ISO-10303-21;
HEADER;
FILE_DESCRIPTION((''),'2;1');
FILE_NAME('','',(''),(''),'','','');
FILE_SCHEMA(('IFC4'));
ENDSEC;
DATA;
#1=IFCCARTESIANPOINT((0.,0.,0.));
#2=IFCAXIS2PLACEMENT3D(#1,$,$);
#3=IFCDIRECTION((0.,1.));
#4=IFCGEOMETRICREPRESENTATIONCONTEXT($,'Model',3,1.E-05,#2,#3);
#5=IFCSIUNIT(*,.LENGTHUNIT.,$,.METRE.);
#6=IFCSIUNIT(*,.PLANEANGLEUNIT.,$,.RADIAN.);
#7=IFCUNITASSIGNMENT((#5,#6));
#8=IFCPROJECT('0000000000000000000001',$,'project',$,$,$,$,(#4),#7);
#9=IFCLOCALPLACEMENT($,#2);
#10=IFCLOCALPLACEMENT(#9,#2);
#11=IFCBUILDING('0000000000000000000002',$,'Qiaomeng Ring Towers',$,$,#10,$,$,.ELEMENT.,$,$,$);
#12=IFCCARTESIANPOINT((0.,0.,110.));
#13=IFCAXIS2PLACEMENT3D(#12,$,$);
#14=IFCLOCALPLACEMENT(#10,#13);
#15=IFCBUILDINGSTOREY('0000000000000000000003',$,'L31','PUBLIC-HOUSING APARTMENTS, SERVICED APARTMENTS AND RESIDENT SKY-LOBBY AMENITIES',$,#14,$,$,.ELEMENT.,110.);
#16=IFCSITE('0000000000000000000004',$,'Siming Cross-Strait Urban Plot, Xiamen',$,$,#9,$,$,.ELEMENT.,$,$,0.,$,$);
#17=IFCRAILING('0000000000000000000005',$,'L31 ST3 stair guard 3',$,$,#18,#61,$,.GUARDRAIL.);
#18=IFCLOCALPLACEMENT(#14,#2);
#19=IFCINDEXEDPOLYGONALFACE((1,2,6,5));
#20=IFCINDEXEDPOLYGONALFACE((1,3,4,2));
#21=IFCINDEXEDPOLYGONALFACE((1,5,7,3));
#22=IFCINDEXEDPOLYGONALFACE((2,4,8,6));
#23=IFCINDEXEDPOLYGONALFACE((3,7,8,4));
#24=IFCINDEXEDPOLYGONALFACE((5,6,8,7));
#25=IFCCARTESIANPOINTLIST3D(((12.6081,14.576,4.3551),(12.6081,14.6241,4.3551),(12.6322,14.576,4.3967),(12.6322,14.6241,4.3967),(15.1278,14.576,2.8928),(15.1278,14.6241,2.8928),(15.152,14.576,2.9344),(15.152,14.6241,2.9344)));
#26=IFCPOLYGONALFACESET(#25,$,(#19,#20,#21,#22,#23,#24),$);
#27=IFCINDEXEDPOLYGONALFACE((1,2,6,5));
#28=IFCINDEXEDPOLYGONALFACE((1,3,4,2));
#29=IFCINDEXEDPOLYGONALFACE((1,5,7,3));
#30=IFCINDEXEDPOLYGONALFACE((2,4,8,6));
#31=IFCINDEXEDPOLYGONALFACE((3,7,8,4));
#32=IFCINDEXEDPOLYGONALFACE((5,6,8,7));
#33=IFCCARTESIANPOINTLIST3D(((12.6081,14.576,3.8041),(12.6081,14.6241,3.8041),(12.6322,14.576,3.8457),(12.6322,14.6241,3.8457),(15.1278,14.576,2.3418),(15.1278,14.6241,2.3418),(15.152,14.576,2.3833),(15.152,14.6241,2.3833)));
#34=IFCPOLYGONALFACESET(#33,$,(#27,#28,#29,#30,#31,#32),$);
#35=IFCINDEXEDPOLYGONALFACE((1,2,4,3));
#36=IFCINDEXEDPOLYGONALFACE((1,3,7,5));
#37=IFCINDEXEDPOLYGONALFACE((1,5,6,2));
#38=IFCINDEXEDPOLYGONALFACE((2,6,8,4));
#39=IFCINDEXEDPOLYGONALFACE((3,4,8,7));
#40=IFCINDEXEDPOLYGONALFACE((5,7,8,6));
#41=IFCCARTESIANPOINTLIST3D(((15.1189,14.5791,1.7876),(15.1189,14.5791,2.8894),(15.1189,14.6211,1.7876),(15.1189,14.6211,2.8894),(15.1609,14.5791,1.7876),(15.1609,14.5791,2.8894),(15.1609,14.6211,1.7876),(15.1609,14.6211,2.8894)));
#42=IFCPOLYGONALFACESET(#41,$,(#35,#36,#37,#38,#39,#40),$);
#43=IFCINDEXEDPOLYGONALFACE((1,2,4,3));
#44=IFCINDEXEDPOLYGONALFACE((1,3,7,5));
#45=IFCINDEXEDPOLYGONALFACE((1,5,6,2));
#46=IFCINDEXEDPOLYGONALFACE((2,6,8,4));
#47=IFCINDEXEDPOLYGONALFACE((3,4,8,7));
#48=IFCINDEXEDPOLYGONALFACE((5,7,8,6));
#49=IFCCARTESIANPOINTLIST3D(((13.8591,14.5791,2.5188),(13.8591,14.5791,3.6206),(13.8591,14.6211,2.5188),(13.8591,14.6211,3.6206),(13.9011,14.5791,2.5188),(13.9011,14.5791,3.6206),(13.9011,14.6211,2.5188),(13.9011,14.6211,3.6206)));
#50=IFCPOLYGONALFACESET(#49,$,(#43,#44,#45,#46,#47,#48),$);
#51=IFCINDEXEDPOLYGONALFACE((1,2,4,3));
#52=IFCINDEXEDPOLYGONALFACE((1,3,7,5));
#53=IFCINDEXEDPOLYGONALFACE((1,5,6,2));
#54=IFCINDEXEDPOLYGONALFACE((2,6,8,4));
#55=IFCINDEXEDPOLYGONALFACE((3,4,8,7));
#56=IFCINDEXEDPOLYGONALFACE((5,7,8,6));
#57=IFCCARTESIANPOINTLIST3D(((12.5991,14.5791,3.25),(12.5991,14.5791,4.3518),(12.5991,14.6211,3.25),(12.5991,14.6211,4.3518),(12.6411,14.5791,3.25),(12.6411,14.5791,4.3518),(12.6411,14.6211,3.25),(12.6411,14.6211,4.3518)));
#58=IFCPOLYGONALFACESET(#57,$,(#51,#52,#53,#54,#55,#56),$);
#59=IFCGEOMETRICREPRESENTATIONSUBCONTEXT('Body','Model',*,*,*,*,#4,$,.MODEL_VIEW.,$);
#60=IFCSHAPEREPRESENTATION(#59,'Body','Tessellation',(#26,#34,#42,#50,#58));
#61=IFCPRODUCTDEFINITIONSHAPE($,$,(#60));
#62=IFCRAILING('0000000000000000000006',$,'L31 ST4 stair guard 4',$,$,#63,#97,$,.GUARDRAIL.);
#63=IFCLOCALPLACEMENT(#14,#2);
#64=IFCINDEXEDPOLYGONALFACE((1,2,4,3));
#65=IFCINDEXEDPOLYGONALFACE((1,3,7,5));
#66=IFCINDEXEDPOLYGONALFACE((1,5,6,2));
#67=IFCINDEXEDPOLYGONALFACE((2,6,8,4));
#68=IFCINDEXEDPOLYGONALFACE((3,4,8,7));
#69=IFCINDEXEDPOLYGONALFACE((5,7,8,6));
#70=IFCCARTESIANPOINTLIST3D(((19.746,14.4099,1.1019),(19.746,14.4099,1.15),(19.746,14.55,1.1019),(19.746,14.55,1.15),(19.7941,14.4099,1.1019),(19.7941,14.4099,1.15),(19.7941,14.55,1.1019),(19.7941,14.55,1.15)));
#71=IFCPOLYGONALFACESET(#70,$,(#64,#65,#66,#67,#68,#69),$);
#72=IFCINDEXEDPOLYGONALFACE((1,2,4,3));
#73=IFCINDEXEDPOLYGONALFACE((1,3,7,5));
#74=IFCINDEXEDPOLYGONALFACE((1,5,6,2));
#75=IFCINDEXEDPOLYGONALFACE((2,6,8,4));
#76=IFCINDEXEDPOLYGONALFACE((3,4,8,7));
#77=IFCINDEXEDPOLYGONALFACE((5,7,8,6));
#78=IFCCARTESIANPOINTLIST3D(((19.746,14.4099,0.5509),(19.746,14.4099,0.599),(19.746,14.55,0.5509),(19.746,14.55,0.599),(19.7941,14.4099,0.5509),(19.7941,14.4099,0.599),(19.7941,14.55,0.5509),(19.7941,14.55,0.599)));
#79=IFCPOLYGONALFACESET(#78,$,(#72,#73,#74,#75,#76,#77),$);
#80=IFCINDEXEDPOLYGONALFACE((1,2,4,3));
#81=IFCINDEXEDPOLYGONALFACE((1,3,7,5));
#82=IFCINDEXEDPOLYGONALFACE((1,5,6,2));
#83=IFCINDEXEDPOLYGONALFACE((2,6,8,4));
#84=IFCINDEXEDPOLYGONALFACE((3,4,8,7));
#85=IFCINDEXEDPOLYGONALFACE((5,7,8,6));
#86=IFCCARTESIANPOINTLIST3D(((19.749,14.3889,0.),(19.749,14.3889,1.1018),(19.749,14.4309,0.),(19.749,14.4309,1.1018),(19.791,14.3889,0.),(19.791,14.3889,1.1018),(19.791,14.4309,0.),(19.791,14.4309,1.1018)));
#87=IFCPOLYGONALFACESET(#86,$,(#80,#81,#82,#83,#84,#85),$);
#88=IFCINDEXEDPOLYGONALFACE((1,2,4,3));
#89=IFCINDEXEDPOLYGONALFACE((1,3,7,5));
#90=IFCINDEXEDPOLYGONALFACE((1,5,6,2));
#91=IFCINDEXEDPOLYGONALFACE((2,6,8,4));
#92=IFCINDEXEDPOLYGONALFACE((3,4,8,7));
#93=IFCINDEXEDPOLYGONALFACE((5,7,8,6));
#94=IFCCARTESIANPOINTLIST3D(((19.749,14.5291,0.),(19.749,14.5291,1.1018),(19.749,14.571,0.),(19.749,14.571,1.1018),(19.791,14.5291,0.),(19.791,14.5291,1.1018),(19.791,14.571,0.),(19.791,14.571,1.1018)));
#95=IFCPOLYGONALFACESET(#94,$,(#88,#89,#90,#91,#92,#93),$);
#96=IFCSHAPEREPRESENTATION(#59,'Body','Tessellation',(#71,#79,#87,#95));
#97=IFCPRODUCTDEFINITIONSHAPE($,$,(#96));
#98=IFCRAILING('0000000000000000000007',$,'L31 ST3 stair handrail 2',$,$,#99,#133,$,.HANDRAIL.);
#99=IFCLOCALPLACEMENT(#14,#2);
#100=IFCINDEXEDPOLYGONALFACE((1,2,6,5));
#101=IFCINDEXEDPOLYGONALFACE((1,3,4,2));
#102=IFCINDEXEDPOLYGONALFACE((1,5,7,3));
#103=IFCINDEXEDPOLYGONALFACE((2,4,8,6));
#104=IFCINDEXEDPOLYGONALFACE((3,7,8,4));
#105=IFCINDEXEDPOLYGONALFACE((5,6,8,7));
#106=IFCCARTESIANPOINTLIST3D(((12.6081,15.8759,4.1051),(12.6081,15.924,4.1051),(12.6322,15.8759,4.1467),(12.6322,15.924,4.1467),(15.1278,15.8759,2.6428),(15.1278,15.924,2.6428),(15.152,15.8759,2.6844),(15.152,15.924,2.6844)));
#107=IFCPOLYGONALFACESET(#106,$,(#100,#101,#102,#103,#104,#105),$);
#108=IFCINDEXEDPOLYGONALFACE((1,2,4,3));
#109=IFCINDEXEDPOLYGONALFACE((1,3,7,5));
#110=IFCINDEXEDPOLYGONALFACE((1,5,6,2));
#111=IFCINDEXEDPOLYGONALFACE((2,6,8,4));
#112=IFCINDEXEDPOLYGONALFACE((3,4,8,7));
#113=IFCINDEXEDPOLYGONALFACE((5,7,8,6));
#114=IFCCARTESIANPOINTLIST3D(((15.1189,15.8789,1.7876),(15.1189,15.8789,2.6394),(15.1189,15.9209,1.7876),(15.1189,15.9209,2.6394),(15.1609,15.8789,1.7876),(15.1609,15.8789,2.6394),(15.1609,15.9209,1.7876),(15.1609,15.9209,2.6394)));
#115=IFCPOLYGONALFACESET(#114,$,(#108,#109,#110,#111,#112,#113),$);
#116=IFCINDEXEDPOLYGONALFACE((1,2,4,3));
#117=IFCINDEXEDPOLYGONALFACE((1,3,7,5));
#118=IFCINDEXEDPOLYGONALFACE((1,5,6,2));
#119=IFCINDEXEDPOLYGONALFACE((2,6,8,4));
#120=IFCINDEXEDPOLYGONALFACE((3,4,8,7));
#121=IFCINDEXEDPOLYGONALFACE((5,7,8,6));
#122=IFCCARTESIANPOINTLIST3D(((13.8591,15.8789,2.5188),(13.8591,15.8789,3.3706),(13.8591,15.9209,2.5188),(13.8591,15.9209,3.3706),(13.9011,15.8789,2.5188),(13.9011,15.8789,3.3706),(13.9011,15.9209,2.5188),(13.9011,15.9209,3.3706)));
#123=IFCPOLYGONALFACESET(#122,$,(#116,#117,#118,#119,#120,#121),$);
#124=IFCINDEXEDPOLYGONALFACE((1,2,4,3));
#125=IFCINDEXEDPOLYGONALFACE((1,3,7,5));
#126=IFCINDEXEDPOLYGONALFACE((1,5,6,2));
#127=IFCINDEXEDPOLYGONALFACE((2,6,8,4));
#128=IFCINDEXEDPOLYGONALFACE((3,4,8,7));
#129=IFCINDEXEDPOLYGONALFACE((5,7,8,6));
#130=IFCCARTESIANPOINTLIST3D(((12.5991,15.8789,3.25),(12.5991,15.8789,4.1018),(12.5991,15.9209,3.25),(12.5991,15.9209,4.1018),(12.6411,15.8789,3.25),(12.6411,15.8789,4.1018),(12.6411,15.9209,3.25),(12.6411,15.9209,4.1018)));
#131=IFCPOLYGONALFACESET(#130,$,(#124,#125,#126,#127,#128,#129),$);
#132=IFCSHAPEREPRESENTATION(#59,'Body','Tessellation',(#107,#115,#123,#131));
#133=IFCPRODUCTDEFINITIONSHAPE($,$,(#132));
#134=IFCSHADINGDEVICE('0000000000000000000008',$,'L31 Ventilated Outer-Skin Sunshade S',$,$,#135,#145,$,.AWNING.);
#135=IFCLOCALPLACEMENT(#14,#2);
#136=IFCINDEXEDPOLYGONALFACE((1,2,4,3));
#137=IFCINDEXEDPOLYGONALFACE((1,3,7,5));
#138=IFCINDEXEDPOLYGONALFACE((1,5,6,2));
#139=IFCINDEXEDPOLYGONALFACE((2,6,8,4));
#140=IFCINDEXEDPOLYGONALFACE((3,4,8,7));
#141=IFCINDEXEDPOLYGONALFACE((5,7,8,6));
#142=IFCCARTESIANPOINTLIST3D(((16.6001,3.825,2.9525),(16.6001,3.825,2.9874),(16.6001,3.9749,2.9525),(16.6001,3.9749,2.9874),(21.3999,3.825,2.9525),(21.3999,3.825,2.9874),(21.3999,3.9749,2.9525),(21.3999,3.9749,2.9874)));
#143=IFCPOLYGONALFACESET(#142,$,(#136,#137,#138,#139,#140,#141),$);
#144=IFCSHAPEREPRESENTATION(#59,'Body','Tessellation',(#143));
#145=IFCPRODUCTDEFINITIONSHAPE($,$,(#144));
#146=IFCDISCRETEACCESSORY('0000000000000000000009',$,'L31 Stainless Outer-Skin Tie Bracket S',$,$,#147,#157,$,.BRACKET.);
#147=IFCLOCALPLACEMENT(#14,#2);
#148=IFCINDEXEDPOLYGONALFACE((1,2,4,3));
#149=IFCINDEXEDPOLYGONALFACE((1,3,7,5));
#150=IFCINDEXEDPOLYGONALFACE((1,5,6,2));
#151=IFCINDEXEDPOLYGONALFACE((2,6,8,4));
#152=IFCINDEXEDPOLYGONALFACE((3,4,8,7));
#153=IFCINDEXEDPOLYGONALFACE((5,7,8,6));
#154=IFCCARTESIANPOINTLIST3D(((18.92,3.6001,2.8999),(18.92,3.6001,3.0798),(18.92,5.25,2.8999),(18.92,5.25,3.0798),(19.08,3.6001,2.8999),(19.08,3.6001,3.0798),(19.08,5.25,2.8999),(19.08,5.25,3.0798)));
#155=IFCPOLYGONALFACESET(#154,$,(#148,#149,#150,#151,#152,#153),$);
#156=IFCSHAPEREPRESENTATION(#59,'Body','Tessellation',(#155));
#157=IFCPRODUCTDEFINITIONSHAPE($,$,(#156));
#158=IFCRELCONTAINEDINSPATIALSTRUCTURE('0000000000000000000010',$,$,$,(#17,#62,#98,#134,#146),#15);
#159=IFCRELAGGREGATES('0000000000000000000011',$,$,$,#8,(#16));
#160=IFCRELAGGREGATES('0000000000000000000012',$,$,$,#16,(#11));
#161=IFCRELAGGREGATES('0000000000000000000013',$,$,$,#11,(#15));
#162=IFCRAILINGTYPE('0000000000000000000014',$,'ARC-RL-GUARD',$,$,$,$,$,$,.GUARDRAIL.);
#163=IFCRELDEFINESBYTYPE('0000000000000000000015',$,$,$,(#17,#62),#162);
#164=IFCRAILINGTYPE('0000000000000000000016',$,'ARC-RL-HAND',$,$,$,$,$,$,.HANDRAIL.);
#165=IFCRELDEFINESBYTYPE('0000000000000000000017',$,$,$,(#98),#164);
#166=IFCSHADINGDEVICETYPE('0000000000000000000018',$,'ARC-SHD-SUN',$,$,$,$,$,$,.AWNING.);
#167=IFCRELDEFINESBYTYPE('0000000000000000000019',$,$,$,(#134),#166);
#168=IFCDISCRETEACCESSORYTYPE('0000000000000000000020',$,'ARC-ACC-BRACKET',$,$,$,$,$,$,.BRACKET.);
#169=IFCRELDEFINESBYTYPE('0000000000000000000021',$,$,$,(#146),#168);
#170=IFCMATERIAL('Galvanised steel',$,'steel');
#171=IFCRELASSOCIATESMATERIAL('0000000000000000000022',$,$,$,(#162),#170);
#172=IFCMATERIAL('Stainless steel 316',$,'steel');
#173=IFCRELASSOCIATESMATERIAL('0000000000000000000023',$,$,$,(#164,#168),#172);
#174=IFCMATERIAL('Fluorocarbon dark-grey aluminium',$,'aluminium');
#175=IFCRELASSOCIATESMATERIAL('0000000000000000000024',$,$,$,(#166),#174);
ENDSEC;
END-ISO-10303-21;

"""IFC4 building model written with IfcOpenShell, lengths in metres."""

from ifc_helpers import new_model, si_unit, direction, frame, origin, origin_2d, place, context, subcontext, project, spatial, rectangle, extrude, source, transform, mapped, material, material_profile, profile_set, type_object, element, save


model = new_model("IFC4")

# Units and contexts
model_context = context("Model", 3, precision=1e-05, world=origin(), true_north=direction((0.0, 1.0)))
body_context = subcontext(model_context, "Body", "Model", "MODEL_VIEW")
ifc_project = project(units=[si_unit("LENGTHUNIT", "METRE"), si_unit("PLANEANGLEUNIT", "RADIAN")], contexts=[model_context])

# Site, building, storey
site_placement = place(None, origin())
site = spatial("IfcSite", under=ifc_project, at=site_placement, Name="Siming Cross-Strait Urban Plot, Xiamen", CompositionType="ELEMENT", RefElevation=0.0)
building_placement = place(site_placement, origin())
building = spatial("IfcBuilding", under=site, at=building_placement, Name="Qiaomeng Ring Towers", CompositionType="ELEMENT")
storey_placement = place(building_placement, frame((0.0, 0.0, 110.0)))
storey = spatial("IfcBuildingStorey", under=building, at=storey_placement, Name="L31", Description="PUBLIC-HOUSING APARTMENTS, SERVICED APARTMENTS AND RESIDENT SKY-LOBBY AMENITIES", CompositionType="ELEMENT", Elevation=110.0)

# Shared definitions
ifc_material_1 = material(Name="Fluorocarbon dark-grey aluminium", Category="aluminium")

# Shared definitions
ifc_material_2 = material(Name="Galvanised steel", Category="steel")

# Railings
railing_type_1 = type_object("IfcRailingType", Name="ARC-RL-GUARD", PredefinedType="GUARDRAIL", material=ifc_material_2)
railing_1_placement = place(storey_placement, frame((15.1399, 14.6001, 1.7876)))
element("IfcRailing", 1, at=railing_1_placement, inside=storey, type_object=railing_type_1, Name="L31 ST3 stair guard 3", PredefinedType="GUARDRAIL", context=body_context, shape_type="SweptSolid", body=[
    extrude(rectangle(XDim=0.0481, YDim=0.0481, at=origin_2d()), frame((0.0, 0.0, 1.126), z_axis=(-0.864892, 0.0, 0.501958), x_axis=(0.0, -1.0, 0.0)), (0.0, 0.0, 1.0), 2.9133),
    extrude(rectangle(XDim=0.0481, YDim=0.0481, at=origin_2d()), frame((0.0, 0.0, 0.575), z_axis=(-0.864892, 0.0, 0.501958), x_axis=(0.0, -1.0, 0.0)), (0.0, 0.0, 1.0), 2.9133),
    extrude(rectangle(XDim=0.042, YDim=0.042, at=origin_2d()), origin(), (0.0, 0.0, 1.0), 1.1018),
    extrude(rectangle(XDim=0.042, YDim=0.042, at=origin_2d()), frame((-1.2598, 0.0, 0.7312)), (0.0, 0.0, 1.0), 1.1018),
    extrude(rectangle(XDim=0.042, YDim=0.042, at=origin_2d()), frame((-2.5198, 0.0, 1.4624)), (0.0, 0.0, 1.0), 1.1018),
])
railing_2_placement = place(storey_placement, frame((19.77, 14.4099, 0.0)))
element("IfcRailing", 2, at=railing_2_placement, inside=storey, type_object=railing_type_1, Name="L31 ST4 stair guard 4", PredefinedType="GUARDRAIL", context=body_context, shape_type="SweptSolid", body=[
    extrude(rectangle(XDim=0.0481, YDim=0.0481, at=origin_2d()), frame((0.0, 0.0, 1.126), z_axis=(0.0, 1.0, 0.0), x_axis=(-1.0, 0.0, 0.0)), (0.0, 0.0, 1.0), 0.1401),
    extrude(rectangle(XDim=0.0481, YDim=0.0481, at=origin_2d()), frame((0.0, 0.0, 0.575), z_axis=(0.0, 1.0, 0.0), x_axis=(-1.0, 0.0, 0.0)), (0.0, 0.0, 1.0), 0.1401),
    extrude(rectangle(XDim=0.042, YDim=0.042, at=origin_2d()), origin(), (0.0, 0.0, 1.0), 1.1018),
    extrude(rectangle(XDim=0.042, YDim=0.042, at=origin_2d()), frame((0.0, 0.1401, 0.0)), (0.0, 0.0, 1.0), 1.1018),
])
ifc_material_3 = material(Name="Stainless steel 316", Category="steel")
railing_type_2 = type_object("IfcRailingType", Name="ARC-RL-HAND", PredefinedType="HANDRAIL", material=ifc_material_3)
railing_3_placement = place(storey_placement, frame((15.1399, 15.8999, 1.7876)))
element("IfcRailing", 3, at=railing_3_placement, inside=storey, type_object=railing_type_2, Name="L31 ST3 stair handrail 2", PredefinedType="HANDRAIL", context=body_context, shape_type="SweptSolid", body=[
    extrude(rectangle(XDim=0.0481, YDim=0.0481, at=origin_2d()), frame((0.0, 0.0, 0.876), z_axis=(-0.864892, 0.0, 0.501958), x_axis=(0.0, -1.0, 0.0)), (0.0, 0.0, 1.0), 2.9133),
    extrude(rectangle(XDim=0.042, YDim=0.042, at=origin_2d()), origin(), (0.0, 0.0, 1.0), 0.8518),
    extrude(rectangle(XDim=0.042, YDim=0.042, at=origin_2d()), frame((-1.2598, 0.0, 0.7312)), (0.0, 0.0, 1.0), 0.8518),
    extrude(rectangle(XDim=0.042, YDim=0.042, at=origin_2d()), frame((-2.5198, 0.0, 1.4624)), (0.0, 0.0, 1.0), 0.8518),
])

# Shading device
ifc_material_profile_1 = material_profile(ifc_material_1, rectangle(XDim=0.1499, YDim=0.0349, at=origin_2d()), Name="LV BLADE 150x35")
ifc_profile_set_1 = profile_set([ifc_material_profile_1], Name="Fluorocarbon dark-grey aluminium")
shading_device_type = type_object("IfcShadingDeviceType", Name="ARC-SHD-SUN", PredefinedType="AWNING", material=ifc_profile_set_1)
shared_shape_1 = source(origin(), body_context, "Body", "SweptSolid", [
    extrude(rectangle(XDim=0.1499, YDim=0.0349, at=origin_2d()), origin(), (0.0, 0.0, 1.0), 4.7998),
])
shading_device_placement = place(storey_placement, frame((16.6001, 3.8999, 2.97), z_axis=(1.0, 0.0, 0.0), x_axis=(0.0, 1.0, 0.0)))
element("IfcShadingDevice", 4, at=shading_device_placement, inside=storey, type_object=shading_device_type, Name="L31 Ventilated Outer-Skin Sunshade S", PredefinedType="AWNING", context=body_context, shape_type="MappedRepresentation", body=[
    mapped(shared_shape_1, transform((0.0, 0.0, 0.0), x_axis=(1.0, 0.0, 0.0), y_axis=(0.0, 1.0, 0.0), z_axis=(0.0, 0.0, 1.0), scale=1.0)),
])

# Discrete accessory
discrete_accessory_type = type_object("IfcDiscreteAccessoryType", Name="ARC-ACC-BRACKET", PredefinedType="BRACKET", material=ifc_material_3)
shared_shape_2 = source(origin(), body_context, "Body", "SweptSolid", [
    extrude(rectangle(XDim=0.1599, YDim=1.6499, at=origin_2d()), origin(), (0.0, 0.0, 1.0), 0.1799),
])
discrete_accessory_placement = place(storey_placement, frame((19.0, 4.425, 2.8999), z_axis=(0.0, 0.0, 1.0), x_axis=(1.0, 0.0, 0.0)))
element("IfcDiscreteAccessory", 5, at=discrete_accessory_placement, inside=storey, type_object=discrete_accessory_type, Name="L31 Stainless Outer-Skin Tie Bracket S", PredefinedType="BRACKET", context=body_context, shape_type="MappedRepresentation", body=[
    mapped(shared_shape_2, transform((0.0, 0.0, 0.0), x_axis=(1.0, 0.0, 0.0), y_axis=(0.0, 1.0, 0.0), z_axis=(0.0, 0.0, 1.0), scale=1.0)),
])

save(model, "model.ifc")
